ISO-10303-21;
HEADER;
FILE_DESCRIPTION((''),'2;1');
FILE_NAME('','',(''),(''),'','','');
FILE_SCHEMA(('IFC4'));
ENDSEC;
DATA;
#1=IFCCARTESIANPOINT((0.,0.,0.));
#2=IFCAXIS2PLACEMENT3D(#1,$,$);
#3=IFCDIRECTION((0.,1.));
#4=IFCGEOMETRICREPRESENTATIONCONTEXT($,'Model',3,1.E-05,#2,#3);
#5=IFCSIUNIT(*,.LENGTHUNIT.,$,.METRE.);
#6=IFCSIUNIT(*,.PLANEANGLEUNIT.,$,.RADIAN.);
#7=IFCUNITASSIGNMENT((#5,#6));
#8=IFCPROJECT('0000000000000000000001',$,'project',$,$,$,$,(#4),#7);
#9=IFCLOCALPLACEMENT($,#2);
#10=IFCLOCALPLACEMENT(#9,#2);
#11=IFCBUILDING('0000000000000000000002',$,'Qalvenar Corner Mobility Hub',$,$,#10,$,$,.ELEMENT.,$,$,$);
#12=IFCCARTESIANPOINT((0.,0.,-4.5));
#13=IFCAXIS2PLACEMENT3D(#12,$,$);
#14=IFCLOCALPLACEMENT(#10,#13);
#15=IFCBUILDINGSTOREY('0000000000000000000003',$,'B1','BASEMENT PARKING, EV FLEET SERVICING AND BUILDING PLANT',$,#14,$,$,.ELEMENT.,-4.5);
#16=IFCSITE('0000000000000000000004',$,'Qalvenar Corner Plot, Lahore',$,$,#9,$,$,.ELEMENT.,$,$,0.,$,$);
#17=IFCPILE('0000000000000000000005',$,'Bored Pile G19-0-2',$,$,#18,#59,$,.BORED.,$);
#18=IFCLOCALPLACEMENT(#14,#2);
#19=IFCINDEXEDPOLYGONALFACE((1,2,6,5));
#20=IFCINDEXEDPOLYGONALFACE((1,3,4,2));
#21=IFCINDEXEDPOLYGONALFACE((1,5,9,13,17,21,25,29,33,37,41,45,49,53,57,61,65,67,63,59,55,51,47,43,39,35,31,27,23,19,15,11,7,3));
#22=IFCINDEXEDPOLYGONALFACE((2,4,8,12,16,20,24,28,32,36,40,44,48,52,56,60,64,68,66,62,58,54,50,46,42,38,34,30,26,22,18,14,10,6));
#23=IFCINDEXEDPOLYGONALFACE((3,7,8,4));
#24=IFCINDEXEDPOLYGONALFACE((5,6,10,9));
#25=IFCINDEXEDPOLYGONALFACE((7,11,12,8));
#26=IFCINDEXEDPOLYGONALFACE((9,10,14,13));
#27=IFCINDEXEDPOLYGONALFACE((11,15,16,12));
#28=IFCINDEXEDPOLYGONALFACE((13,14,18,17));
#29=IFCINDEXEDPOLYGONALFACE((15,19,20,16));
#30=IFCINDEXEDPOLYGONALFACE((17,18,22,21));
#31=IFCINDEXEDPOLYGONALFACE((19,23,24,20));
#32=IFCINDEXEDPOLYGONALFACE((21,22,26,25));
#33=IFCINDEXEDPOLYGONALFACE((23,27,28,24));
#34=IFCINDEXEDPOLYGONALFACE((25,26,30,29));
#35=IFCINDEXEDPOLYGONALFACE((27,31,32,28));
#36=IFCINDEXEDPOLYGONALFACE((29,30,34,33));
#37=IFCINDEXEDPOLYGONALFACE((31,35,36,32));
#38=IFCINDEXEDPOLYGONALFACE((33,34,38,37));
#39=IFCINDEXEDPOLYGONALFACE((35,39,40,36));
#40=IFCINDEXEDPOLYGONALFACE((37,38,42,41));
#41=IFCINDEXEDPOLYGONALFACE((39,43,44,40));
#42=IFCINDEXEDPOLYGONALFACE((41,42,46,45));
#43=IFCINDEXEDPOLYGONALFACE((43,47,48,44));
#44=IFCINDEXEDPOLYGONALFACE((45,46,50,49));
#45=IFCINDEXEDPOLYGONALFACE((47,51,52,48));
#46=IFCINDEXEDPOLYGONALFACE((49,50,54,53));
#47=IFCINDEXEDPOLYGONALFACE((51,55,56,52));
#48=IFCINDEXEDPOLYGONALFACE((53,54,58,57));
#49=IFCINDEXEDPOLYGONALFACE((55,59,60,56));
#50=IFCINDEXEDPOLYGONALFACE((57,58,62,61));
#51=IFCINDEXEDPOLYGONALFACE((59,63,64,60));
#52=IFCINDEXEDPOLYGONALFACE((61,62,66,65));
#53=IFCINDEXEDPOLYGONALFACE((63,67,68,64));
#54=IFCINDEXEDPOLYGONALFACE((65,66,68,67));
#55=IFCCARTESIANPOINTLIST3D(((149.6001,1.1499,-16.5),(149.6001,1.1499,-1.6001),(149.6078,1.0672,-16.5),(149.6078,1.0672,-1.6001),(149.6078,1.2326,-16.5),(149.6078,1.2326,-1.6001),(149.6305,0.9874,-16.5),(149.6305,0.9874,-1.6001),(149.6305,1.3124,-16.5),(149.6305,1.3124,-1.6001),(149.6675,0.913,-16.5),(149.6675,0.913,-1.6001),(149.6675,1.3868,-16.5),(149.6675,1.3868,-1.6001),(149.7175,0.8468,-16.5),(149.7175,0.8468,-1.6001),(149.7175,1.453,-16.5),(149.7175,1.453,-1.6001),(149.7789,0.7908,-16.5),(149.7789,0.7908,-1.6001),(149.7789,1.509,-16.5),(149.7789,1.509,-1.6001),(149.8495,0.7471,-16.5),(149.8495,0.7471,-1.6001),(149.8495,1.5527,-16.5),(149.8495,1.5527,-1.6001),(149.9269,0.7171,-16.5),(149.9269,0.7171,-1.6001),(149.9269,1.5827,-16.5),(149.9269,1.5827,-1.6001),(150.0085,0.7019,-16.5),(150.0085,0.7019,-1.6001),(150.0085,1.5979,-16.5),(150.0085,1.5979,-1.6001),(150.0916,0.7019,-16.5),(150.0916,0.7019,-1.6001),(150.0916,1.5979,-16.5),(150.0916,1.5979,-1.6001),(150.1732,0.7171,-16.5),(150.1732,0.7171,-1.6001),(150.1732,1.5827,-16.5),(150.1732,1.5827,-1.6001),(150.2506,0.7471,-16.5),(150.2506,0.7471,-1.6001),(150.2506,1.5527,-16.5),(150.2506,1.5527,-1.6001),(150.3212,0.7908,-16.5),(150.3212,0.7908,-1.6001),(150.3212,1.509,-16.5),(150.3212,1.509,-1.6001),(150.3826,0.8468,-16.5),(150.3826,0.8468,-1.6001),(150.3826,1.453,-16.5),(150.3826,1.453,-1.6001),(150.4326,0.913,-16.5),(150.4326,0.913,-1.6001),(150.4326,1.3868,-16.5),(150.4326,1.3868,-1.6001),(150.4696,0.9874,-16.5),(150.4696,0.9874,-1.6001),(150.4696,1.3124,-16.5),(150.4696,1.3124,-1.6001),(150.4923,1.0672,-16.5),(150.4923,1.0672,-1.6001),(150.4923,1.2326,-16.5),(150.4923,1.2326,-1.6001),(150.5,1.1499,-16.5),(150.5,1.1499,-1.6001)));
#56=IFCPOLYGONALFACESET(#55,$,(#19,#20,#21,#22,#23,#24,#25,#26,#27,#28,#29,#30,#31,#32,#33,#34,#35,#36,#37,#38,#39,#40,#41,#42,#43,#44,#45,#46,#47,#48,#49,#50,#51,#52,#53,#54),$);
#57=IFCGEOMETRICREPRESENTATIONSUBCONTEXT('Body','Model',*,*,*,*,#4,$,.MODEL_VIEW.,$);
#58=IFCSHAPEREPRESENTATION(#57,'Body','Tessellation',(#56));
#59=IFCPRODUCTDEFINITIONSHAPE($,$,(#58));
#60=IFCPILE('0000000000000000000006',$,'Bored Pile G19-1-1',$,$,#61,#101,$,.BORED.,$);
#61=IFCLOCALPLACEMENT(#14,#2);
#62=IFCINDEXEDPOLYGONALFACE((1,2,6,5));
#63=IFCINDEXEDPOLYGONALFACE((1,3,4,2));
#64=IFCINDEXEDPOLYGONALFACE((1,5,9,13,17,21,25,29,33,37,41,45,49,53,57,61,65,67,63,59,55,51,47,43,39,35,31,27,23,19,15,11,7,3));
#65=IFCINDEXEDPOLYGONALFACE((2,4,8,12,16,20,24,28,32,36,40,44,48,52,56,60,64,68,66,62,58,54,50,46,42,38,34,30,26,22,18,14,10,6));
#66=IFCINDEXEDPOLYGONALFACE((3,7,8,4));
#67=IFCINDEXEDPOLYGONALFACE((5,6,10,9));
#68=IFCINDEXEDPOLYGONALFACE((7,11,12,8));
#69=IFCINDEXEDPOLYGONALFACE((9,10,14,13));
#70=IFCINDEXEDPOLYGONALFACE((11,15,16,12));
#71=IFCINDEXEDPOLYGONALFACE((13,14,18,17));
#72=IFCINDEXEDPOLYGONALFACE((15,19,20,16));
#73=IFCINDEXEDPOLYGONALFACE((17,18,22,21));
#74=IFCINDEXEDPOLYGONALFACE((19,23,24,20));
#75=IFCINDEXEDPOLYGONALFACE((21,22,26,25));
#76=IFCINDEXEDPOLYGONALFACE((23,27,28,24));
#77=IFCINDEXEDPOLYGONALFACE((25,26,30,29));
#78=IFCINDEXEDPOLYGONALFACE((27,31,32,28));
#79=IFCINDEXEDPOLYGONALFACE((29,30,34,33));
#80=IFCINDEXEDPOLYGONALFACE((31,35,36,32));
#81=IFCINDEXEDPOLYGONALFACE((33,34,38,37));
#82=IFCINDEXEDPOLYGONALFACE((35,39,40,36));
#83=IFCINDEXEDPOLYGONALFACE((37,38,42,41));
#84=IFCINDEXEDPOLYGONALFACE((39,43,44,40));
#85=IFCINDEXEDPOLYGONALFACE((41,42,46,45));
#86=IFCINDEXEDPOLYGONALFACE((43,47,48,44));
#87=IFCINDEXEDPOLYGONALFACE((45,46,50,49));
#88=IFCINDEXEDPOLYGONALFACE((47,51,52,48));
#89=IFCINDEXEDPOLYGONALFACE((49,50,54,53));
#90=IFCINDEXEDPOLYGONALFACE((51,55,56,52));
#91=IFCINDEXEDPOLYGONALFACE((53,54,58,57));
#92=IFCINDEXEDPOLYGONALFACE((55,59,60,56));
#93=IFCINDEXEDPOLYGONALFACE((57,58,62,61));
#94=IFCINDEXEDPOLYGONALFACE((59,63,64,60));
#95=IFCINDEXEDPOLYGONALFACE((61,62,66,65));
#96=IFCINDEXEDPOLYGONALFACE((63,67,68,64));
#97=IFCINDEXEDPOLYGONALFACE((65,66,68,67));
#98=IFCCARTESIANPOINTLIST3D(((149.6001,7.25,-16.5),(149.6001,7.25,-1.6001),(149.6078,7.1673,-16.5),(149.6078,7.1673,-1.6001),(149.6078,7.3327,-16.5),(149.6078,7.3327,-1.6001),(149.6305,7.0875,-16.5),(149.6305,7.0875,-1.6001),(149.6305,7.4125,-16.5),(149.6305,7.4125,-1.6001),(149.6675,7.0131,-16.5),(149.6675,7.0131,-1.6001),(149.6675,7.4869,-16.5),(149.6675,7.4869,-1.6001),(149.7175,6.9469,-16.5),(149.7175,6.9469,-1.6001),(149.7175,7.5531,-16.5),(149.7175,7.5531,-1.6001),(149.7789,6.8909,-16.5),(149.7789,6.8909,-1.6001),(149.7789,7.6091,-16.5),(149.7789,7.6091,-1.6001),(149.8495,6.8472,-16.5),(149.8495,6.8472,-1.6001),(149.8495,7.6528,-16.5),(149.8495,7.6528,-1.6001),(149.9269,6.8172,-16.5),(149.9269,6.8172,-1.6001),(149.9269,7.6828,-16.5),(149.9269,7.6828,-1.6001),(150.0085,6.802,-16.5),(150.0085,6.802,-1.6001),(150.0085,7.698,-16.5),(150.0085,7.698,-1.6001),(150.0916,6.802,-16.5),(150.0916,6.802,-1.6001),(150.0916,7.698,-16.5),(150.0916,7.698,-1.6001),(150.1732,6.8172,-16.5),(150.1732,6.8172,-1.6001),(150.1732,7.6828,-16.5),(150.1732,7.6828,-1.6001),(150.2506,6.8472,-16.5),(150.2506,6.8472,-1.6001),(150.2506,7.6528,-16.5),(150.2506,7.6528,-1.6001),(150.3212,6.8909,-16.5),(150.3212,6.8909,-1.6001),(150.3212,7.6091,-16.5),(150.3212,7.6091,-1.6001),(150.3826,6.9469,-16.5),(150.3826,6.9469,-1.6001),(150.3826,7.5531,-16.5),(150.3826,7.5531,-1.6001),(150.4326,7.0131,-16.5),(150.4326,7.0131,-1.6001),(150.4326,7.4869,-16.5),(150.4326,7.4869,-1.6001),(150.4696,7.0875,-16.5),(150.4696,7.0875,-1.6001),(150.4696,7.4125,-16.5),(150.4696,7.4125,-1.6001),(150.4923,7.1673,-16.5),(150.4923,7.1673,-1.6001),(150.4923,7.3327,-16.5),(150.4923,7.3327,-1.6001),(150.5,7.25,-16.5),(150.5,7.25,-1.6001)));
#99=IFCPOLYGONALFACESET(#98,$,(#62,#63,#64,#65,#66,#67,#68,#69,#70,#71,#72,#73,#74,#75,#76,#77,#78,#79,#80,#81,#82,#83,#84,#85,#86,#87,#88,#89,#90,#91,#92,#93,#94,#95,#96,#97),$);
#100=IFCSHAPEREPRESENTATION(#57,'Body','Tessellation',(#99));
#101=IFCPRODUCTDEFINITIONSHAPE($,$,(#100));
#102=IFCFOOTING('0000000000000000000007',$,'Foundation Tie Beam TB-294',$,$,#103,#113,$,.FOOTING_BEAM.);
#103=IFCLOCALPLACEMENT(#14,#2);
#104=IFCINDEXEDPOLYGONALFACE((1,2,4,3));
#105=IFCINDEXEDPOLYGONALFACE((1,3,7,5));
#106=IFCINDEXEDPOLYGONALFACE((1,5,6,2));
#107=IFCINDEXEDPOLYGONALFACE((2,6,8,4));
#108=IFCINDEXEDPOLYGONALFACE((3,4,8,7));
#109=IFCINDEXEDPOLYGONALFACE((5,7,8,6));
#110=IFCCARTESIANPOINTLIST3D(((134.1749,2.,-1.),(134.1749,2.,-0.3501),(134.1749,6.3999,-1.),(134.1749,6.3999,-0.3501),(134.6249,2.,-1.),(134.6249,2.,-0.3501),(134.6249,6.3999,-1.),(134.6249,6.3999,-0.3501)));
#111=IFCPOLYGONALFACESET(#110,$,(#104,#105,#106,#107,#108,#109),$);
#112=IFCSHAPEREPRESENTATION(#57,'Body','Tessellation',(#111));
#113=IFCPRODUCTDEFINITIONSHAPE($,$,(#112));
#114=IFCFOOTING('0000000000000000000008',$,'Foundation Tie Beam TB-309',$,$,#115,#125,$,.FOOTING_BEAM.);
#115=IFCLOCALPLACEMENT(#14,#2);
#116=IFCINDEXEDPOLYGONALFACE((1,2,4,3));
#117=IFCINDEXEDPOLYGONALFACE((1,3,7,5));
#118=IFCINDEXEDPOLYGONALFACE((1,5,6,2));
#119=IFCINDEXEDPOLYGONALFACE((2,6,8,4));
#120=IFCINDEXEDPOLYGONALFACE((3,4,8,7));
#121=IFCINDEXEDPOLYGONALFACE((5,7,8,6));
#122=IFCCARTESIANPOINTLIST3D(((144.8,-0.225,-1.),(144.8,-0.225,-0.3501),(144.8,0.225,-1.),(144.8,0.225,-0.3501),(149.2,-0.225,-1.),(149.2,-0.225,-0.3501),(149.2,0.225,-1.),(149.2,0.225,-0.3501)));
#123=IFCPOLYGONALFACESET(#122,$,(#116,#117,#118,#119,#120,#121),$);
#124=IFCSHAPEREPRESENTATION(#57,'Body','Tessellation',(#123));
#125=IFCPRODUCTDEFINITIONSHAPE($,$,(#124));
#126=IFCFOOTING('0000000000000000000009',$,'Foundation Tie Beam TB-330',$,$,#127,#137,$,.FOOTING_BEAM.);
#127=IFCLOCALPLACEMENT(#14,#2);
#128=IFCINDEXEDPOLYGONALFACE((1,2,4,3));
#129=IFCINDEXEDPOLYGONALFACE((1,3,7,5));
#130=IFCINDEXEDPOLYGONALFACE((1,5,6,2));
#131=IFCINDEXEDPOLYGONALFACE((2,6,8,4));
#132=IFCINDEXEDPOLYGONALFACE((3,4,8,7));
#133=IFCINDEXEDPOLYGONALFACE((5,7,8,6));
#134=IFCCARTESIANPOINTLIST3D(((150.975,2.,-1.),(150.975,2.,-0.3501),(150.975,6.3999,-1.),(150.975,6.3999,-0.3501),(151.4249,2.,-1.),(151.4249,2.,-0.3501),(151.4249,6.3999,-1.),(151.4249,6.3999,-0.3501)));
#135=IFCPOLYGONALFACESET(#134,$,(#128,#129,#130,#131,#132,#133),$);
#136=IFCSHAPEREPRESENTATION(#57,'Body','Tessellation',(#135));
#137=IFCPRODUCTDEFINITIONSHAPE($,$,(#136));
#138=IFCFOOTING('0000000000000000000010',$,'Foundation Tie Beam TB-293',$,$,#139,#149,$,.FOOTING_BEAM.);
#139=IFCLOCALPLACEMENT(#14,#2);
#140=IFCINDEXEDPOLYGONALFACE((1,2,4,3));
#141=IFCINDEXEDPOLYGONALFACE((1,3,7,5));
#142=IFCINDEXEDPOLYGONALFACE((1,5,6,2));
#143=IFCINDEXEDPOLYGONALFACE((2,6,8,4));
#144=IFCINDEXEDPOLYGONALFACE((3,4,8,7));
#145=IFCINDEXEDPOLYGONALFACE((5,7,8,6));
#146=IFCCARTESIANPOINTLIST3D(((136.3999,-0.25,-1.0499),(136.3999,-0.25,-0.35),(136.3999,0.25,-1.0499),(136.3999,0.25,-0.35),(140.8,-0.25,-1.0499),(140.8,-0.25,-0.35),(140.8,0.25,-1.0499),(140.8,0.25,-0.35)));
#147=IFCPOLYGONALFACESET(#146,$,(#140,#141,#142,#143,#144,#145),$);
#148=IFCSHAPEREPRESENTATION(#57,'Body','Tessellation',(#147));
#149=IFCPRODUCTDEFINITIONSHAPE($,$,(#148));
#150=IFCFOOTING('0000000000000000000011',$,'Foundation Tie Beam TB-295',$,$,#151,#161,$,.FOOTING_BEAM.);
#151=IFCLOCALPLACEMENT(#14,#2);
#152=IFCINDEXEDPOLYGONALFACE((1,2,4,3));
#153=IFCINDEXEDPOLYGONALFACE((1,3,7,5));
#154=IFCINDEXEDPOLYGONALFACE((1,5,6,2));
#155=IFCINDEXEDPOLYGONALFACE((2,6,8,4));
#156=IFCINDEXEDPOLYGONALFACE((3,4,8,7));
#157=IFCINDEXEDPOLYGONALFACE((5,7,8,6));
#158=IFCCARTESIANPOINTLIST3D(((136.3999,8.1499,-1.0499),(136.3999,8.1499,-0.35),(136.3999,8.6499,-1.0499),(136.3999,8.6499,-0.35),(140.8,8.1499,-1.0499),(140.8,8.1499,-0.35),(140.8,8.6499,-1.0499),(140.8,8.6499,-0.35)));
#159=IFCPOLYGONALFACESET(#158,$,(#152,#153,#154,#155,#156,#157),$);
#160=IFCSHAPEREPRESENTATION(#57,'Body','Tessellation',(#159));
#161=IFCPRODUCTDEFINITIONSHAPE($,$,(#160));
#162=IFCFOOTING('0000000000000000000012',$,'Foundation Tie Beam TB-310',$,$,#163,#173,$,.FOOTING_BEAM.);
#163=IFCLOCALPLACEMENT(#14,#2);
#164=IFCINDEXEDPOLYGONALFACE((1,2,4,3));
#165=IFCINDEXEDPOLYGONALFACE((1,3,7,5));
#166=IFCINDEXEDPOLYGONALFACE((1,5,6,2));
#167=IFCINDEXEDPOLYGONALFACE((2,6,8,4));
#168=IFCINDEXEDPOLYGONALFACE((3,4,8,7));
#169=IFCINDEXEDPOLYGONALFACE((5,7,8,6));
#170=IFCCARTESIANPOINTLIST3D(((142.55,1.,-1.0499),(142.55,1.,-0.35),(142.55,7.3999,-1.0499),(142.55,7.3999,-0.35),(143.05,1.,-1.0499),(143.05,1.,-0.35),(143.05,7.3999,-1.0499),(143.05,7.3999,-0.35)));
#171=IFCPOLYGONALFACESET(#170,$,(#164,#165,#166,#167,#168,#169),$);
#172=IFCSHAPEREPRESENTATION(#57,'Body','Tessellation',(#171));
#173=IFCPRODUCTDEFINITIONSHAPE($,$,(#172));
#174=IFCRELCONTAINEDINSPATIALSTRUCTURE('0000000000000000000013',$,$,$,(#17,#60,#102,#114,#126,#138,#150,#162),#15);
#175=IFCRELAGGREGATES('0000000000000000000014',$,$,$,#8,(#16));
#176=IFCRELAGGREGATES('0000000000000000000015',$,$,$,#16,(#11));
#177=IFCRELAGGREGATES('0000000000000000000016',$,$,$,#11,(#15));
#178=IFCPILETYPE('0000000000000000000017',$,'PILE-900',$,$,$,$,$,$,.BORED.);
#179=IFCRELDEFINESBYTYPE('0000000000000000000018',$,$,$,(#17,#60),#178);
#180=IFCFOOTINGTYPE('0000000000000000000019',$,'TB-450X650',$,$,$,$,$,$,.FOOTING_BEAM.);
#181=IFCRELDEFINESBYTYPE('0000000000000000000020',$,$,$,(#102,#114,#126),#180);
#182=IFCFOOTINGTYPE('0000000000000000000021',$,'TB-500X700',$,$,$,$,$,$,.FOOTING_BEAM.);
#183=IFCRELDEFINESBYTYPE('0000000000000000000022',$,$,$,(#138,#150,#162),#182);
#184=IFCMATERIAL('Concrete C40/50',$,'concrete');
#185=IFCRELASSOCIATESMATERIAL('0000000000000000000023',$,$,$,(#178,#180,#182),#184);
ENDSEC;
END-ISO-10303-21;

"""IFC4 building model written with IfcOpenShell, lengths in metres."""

from ifc_helpers import new_model, si_unit, direction, frame, origin, origin_2d, place, context, subcontext, project, spatial, rectangle, circle, extrude, material, material_profile, profile_set, type_object, element, save


model = new_model("IFC4")

# Units and contexts
model_context = context("Model", 3, precision=1e-05, world=origin(), true_north=direction((0.0, 1.0)))
body_context = subcontext(model_context, "Body", "Model", "MODEL_VIEW")
ifc_project = project(units=[si_unit("LENGTHUNIT", "METRE"), si_unit("PLANEANGLEUNIT", "RADIAN")], contexts=[model_context])

# Site, building, storey
site_placement = place(None, origin())
site = spatial("IfcSite", under=ifc_project, at=site_placement, Name="Qalvenar Corner Plot, Lahore", CompositionType="ELEMENT", RefElevation=0.0)
building_placement = place(site_placement, origin())
building = spatial("IfcBuilding", under=site, at=building_placement, Name="Qalvenar Corner Mobility Hub", CompositionType="ELEMENT")
storey_placement = place(building_placement, frame((0.0, 0.0, -4.5)))
storey = spatial("IfcBuildingStorey", under=building, at=storey_placement, Name="B1", Description="BASEMENT PARKING, EV FLEET SERVICING AND BUILDING PLANT", CompositionType="ELEMENT", Elevation=-4.5)

# Shared definitions
ifc_material_1 = material(Name="Concrete C40/50", Category="concrete")

# Piles
ifc_material_profile_1 = material_profile(ifc_material_1, circle(Radius=0.45, at=origin_2d()), Name="DIA900")
ifc_profile_set_1 = profile_set([ifc_material_profile_1], Name="Concrete C40/50")
pile_type = type_object("IfcPileType", Name="PILE-900", PredefinedType="BORED", material=ifc_profile_set_1)
for number, where, z_axis, x_axis, name in (
    (1, (150.05, 1.1499, -1.6001), (0.0, 0.0, -1.0), (1.0, 0.0, 0.0), "Bored Pile G19-0-2"),
    (2, (150.05, 7.25, -1.6001), (0.0, 0.0, -1.0), (1.0, 0.0, 0.0), "Bored Pile G19-1-1"),
):
    element("IfcPile", number, at=place(storey_placement, frame(where, z_axis=z_axis, x_axis=x_axis)), inside=storey, type_object=pile_type, Name=name, PredefinedType="BORED", context=body_context, shape_type="SweptSolid", body=[
        extrude(circle(Radius=0.45, at=origin_2d()), origin(), (0.0, 0.0, 1.0), 14.8999),
    ])

# Footings
ifc_material_profile_2 = material_profile(ifc_material_1, rectangle(XDim=0.45, YDim=0.6499, at=origin_2d()), Name="RC450x650")
ifc_profile_set_2 = profile_set([ifc_material_profile_2], Name="Concrete C40/50")
footing_type_1 = type_object("IfcFootingType", Name="TB-450X650", PredefinedType="FOOTING_BEAM", material=ifc_profile_set_2)
for number, where, z_axis, x_axis, name in (
    (3, (134.3999, 2.0, -0.675), (0.0, 1.0, 0.0), (-1.0, 0.0, 0.0), "Foundation Tie Beam TB-294"),
    (4, (144.8, 0.0, -0.675), (1.0, 0.0, 0.0), (0.0, 1.0, 0.0), "Foundation Tie Beam TB-309"),
    (5, (151.2, 2.0, -0.675), (0.0, 1.0, 0.0), (-1.0, 0.0, 0.0), "Foundation Tie Beam TB-330"),
):
    element("IfcFooting", number, at=place(storey_placement, frame(where, z_axis=z_axis, x_axis=x_axis)), inside=storey, type_object=footing_type_1, Name=name, PredefinedType="FOOTING_BEAM", context=body_context, shape_type="SweptSolid", body=[
        extrude(rectangle(XDim=0.45, YDim=0.6499, at=origin_2d()), origin(), (0.0, 0.0, 1.0), 4.3999),
    ])
ifc_material_profile_3 = material_profile(ifc_material_1, rectangle(XDim=0.5, YDim=0.7, at=origin_2d()), Name="RC500x700")
ifc_profile_set_3 = profile_set([ifc_material_profile_3], Name="Concrete C40/50")
footing_type_2 = type_object("IfcFootingType", Name="TB-500X700", PredefinedType="FOOTING_BEAM", material=ifc_profile_set_3)
for number, where, z_axis, x_axis, name in (
    (6, (136.3999, 0.0, -0.7), (1.0, 0.0, 0.0), (0.0, 1.0, 0.0), "Foundation Tie Beam TB-293"),
    (7, (136.3999, 8.3999, -0.7), (1.0, 0.0, 0.0), (0.0, 1.0, 0.0), "Foundation Tie Beam TB-295"),
):
    element("IfcFooting", number, at=place(storey_placement, frame(where, z_axis=z_axis, x_axis=x_axis)), inside=storey, type_object=footing_type_2, Name=name, PredefinedType="FOOTING_BEAM", context=body_context, shape_type="SweptSolid", body=[
        extrude(rectangle(XDim=0.5, YDim=0.7, at=origin_2d()), origin(), (0.0, 0.0, 1.0), 4.4001),
    ])
footing_1_placement = place(storey_placement, frame((142.8, 1.0, -0.7), z_axis=(0.0, 1.0, 0.0), x_axis=(-1.0, 0.0, 0.0)))
element("IfcFooting", 8, at=footing_1_placement, inside=storey, type_object=footing_type_2, Name="Foundation Tie Beam TB-310", PredefinedType="FOOTING_BEAM", context=body_context, shape_type="SweptSolid", body=[
    extrude(rectangle(XDim=0.5, YDim=0.7, at=origin_2d()), origin(), (0.0, 0.0, 1.0), 6.3999),
])

save(model, "model.ifc")
